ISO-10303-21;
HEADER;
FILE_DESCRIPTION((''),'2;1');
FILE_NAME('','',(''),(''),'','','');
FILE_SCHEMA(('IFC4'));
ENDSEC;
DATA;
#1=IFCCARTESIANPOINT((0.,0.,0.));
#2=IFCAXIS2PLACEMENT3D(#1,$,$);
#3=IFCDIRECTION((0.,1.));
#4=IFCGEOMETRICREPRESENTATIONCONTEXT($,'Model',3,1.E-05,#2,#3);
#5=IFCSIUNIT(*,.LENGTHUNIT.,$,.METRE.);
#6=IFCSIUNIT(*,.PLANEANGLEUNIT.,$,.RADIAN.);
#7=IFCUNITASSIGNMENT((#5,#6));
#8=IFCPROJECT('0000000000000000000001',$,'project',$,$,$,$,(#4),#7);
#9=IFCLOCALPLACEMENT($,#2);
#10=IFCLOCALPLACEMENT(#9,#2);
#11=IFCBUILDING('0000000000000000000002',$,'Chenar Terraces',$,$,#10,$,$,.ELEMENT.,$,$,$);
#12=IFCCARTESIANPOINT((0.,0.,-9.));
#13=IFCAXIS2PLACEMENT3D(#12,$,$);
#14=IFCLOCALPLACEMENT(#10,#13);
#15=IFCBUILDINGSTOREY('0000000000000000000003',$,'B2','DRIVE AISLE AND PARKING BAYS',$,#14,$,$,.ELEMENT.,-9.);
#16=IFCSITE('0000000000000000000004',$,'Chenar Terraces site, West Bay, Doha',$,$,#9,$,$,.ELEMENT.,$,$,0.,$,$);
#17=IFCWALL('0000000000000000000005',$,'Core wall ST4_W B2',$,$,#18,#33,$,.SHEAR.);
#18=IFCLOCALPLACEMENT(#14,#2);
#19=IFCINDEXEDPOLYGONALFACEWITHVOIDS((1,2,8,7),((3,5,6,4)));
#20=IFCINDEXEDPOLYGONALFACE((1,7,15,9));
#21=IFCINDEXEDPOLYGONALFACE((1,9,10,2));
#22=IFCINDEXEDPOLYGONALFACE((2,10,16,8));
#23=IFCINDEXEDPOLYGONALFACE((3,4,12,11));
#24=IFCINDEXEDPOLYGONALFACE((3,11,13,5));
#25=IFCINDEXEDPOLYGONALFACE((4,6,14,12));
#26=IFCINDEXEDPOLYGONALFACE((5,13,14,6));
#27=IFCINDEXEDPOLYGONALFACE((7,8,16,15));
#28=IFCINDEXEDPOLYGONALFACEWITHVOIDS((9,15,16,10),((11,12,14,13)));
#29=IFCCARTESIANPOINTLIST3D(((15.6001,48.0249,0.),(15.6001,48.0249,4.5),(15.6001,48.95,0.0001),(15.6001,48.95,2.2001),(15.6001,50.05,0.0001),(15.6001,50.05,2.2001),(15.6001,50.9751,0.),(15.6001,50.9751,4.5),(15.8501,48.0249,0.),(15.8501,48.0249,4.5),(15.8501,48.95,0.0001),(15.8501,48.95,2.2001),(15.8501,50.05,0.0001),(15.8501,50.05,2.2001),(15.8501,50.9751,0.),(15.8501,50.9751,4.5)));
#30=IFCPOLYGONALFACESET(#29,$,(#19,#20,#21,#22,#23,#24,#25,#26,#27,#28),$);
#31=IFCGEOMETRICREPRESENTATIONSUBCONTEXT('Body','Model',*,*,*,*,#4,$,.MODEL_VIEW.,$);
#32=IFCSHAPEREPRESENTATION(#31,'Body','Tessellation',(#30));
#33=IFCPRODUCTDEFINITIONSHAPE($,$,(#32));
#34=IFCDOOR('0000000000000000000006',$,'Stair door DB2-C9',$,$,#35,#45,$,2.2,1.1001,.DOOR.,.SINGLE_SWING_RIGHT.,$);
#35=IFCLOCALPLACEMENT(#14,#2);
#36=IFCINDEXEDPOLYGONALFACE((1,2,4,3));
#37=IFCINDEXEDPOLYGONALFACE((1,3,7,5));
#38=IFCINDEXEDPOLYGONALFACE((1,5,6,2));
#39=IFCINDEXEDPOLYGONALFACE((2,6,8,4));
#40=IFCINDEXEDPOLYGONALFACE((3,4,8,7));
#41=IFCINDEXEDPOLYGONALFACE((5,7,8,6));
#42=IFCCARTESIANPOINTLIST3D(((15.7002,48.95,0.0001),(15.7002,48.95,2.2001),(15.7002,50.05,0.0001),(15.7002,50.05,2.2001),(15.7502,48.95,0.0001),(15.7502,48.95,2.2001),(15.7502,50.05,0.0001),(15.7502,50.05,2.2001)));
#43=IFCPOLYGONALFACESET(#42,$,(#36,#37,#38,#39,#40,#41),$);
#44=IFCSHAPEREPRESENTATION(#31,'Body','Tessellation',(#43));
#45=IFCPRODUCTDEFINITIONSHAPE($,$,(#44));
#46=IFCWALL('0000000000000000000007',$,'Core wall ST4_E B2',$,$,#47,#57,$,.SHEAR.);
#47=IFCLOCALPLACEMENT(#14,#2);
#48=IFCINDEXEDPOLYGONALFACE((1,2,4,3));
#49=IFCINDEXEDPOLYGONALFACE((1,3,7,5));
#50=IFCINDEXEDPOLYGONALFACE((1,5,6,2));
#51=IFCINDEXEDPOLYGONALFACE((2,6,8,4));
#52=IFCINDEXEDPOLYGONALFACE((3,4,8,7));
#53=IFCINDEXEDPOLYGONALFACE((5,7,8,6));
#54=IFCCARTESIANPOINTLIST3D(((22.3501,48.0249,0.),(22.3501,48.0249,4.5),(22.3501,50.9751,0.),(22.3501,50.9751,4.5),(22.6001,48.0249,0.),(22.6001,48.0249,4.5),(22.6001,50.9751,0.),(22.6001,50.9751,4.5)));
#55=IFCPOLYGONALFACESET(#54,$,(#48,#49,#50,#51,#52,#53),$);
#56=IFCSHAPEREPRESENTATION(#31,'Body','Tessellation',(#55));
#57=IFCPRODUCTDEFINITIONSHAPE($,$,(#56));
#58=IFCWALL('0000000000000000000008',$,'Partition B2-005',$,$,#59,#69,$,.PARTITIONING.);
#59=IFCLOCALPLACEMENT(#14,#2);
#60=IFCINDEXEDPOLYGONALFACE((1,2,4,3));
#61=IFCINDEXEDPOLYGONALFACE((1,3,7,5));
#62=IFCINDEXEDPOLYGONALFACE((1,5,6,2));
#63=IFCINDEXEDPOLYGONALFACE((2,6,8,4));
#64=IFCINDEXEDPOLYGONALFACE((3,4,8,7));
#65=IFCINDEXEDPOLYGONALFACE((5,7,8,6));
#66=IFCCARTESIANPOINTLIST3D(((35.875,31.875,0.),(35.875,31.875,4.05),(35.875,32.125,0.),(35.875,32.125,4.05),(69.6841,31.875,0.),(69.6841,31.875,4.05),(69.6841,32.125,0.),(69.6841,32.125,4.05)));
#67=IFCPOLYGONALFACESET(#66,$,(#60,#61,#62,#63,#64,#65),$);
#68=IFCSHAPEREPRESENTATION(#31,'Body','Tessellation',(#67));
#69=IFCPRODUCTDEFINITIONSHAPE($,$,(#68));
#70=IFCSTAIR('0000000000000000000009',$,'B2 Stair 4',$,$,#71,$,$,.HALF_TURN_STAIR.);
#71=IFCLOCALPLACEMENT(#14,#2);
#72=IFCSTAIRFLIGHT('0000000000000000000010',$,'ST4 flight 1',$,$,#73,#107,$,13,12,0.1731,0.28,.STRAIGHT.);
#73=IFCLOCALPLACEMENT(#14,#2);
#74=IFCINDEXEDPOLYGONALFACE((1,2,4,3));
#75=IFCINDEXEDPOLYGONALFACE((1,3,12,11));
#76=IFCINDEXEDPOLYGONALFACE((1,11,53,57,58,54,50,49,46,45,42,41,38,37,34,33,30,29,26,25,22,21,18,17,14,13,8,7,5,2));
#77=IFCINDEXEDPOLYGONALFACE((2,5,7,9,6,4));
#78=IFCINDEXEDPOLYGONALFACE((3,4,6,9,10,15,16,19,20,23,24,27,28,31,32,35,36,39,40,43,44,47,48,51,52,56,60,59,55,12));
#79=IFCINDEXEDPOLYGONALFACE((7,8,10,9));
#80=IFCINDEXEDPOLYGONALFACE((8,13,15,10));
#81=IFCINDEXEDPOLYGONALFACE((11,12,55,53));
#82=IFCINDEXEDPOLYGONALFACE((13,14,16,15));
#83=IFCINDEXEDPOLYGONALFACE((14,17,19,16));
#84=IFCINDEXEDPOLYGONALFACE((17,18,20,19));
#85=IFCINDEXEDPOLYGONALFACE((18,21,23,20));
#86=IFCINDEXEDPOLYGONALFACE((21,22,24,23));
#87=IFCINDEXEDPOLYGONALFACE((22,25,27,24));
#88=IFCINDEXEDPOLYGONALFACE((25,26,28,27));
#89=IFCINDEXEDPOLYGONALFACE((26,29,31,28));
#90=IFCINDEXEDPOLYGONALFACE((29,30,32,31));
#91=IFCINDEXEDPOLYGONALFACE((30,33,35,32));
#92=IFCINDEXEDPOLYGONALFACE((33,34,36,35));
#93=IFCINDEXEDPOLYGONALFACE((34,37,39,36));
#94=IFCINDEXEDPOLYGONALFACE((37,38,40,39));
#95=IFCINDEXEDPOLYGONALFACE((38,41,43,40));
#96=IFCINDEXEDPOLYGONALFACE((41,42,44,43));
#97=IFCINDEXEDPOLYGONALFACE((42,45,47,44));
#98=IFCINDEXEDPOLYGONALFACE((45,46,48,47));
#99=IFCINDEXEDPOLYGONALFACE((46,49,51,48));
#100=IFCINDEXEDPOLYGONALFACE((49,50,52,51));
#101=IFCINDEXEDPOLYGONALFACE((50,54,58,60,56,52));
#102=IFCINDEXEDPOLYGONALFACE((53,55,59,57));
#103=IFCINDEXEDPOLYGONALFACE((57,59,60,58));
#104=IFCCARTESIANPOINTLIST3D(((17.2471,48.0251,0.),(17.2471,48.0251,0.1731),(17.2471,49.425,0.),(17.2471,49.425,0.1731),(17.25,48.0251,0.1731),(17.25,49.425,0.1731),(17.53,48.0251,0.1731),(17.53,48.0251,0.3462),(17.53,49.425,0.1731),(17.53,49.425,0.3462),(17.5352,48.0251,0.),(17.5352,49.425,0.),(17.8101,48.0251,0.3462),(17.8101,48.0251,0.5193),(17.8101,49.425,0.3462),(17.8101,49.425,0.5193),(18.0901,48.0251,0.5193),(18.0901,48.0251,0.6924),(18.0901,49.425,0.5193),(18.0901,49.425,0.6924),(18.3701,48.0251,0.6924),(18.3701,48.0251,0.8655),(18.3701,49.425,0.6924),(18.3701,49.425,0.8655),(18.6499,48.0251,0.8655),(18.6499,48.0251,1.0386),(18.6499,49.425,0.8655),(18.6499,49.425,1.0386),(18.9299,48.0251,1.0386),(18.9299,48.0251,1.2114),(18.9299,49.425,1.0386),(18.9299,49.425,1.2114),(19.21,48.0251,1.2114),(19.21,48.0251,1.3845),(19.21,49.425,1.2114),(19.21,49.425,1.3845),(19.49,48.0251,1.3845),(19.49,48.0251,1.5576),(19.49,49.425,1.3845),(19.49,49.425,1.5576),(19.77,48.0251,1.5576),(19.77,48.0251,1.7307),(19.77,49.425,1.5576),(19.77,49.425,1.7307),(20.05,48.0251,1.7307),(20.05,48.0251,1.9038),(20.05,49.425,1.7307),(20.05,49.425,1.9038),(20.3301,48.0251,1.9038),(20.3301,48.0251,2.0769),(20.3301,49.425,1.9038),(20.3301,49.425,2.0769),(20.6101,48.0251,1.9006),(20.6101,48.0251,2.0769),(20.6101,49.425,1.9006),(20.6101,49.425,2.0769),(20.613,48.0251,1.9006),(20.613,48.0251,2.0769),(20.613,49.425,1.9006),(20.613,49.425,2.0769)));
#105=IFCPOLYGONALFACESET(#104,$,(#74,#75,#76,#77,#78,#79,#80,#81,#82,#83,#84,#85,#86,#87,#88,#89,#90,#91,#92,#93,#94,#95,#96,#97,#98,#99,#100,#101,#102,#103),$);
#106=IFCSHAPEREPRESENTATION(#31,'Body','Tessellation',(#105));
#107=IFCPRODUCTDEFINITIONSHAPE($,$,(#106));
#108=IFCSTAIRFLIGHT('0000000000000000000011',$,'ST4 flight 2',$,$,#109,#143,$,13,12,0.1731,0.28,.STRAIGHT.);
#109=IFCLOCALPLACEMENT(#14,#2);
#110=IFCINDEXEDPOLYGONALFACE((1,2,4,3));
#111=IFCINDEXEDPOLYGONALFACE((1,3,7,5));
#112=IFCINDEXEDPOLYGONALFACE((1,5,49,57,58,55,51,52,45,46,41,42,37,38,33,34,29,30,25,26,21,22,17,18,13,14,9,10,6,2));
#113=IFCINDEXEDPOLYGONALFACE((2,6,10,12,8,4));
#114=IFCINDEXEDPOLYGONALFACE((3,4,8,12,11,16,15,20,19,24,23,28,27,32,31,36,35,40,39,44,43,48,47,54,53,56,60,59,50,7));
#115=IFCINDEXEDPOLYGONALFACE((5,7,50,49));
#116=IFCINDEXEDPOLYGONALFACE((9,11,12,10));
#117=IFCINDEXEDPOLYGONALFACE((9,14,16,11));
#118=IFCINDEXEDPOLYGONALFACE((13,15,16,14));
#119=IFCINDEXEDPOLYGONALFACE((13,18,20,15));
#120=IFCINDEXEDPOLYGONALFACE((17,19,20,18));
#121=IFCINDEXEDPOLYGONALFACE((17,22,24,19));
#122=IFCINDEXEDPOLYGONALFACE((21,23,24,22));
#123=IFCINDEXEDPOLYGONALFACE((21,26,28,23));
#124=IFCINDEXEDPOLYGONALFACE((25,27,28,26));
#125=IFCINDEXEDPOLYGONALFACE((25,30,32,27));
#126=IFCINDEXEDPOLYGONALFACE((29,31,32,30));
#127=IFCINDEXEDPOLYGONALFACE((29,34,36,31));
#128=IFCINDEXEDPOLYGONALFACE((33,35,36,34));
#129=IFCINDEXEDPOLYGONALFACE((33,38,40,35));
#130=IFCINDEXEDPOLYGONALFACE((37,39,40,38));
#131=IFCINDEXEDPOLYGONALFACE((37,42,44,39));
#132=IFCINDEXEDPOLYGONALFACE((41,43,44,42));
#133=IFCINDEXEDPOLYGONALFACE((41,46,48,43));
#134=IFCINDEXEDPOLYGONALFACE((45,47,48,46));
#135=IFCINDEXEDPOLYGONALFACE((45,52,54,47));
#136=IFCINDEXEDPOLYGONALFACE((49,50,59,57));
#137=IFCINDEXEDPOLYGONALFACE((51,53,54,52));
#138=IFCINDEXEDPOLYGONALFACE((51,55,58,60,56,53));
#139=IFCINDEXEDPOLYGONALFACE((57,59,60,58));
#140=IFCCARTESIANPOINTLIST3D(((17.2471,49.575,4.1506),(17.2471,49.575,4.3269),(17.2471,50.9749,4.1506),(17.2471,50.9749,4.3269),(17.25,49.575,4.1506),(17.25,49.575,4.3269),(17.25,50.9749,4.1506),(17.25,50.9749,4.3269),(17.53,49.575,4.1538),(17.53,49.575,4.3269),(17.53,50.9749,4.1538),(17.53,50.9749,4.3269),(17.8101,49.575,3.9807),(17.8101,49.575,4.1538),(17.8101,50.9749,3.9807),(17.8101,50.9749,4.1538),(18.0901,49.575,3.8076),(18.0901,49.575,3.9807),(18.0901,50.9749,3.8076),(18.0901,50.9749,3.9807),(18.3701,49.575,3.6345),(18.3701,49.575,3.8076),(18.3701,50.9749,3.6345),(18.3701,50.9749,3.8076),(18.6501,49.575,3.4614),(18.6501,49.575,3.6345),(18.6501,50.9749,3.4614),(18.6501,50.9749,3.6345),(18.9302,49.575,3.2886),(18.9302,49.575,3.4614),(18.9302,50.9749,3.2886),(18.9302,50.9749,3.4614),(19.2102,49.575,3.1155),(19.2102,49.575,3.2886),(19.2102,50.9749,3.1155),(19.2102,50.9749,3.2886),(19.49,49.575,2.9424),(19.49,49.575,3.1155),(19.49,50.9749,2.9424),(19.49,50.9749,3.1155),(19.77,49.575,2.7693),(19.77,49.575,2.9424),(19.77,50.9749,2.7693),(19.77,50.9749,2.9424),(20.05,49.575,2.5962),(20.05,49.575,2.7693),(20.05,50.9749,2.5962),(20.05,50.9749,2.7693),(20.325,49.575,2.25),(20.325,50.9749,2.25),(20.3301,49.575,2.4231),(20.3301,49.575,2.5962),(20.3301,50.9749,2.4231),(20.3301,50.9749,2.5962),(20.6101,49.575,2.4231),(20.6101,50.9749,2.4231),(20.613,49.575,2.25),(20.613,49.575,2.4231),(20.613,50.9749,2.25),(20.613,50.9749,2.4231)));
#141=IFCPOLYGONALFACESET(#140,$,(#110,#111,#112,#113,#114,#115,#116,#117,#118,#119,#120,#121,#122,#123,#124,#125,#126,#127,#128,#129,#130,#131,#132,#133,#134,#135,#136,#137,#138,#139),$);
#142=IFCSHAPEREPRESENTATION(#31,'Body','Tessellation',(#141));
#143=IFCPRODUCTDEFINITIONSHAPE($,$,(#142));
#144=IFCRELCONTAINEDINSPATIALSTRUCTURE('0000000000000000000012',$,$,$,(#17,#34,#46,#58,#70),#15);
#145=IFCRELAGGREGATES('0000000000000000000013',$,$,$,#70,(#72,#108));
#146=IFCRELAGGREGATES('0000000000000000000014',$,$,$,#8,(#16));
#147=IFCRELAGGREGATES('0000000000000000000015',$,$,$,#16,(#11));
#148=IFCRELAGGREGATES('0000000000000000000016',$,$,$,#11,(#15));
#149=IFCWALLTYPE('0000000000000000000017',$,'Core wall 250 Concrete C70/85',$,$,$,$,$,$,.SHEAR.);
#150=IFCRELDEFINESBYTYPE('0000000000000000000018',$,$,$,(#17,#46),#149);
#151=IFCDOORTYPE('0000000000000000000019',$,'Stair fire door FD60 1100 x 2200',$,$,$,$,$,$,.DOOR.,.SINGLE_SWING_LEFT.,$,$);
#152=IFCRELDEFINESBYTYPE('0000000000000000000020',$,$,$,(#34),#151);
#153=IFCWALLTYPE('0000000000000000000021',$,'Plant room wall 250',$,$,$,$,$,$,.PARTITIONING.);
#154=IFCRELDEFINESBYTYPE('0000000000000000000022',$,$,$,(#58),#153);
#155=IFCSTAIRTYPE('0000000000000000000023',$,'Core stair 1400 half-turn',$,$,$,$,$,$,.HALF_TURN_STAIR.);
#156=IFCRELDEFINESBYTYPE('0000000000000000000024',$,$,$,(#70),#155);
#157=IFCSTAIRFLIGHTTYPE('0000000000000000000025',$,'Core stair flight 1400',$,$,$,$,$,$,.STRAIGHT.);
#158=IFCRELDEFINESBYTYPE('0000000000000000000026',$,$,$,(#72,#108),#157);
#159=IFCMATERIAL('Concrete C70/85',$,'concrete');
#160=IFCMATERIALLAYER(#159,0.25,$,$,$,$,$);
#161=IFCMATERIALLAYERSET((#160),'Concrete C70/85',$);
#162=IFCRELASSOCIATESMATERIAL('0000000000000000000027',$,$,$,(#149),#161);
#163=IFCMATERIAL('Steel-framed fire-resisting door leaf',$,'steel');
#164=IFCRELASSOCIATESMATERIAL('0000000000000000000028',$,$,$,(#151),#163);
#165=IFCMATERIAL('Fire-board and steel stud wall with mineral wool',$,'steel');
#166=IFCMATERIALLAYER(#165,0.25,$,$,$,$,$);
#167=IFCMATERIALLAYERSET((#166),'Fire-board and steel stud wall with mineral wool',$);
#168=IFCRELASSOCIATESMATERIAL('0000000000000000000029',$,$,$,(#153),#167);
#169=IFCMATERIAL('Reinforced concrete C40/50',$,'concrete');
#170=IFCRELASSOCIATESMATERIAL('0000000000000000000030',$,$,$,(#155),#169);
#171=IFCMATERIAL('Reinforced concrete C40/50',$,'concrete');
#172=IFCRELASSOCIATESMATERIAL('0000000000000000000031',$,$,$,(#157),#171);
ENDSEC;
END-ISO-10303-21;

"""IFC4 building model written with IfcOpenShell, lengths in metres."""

from ifc_helpers import new_model, si_unit, direction, frame, frame_2d, origin, place, context, subcontext, project, spatial, polyline, rectangle, outline, extrude, material, layer, layer_set, type_object, element, fill, aggregate, save


model = new_model("IFC4")

# Units and contexts
model_context = context("Model", 3, precision=1e-05, world=origin(), true_north=direction((0.0, 1.0)))
body_context = subcontext(model_context, "Body", "Model", "MODEL_VIEW")
ifc_project = project(units=[si_unit("LENGTHUNIT", "METRE"), si_unit("PLANEANGLEUNIT", "RADIAN")], contexts=[model_context])

# Site, building, storey
site_placement = place(None, origin())
site = spatial("IfcSite", under=ifc_project, at=site_placement, Name="Chenar Terraces site, West Bay, Doha", CompositionType="ELEMENT", RefElevation=0.0)
building_placement = place(site_placement, origin())
building = spatial("IfcBuilding", under=site, at=building_placement, Name="Chenar Terraces", CompositionType="ELEMENT")
storey_placement = place(building_placement, frame((0.0, 0.0, -9.0)))
storey = spatial("IfcBuildingStorey", under=building, at=storey_placement, Name="B2", Description="DRIVE AISLE AND PARKING BAYS", CompositionType="ELEMENT", Elevation=-9.0)

# Shared definitions
ifc_material_1 = material(Name="Concrete C70/85", Category="concrete")
ifc_layer_1 = layer(ifc_material_1, 0.25)
ifc_layer_set_1 = layer_set([ifc_layer_1], Name="Concrete C70/85")
wall_type_1 = type_object("IfcWallType", Name="Core wall 250 Concrete C70/85", PredefinedType="SHEAR", material=ifc_layer_set_1)

# Wall, opening, door
wall_1_placement = place(storey_placement, frame((15.7251, 48.0249, 0.0), z_axis=(0.0, 0.0, 1.0), x_axis=(0.0, 1.0, 0.0)))
wall_1 = element("IfcWall", 1, at=wall_1_placement, inside=storey, type_object=wall_type_1, Name="Core wall ST4_W B2", PredefinedType="SHEAR", context=body_context, shape_type="SweptSolid", body=[
    extrude(rectangle(XDim=2.9502, YDim=0.25, at=frame_2d((1.4751, 0.0))), origin(), (0.0, 0.0, 1.0), 4.5),
])
opening_1_placement = place(wall_1_placement, frame((0.925, 0.0, 0.0)))
opening_1 = element("IfcOpeningElement", 2, at=opening_1_placement, cuts=wall_1, PredefinedType="OPENING", context=body_context, shape_type="SweptSolid", body=[
    extrude(rectangle(XDim=1.1001, YDim=2.2, at=frame_2d((0.55, 1.1001))), frame((0.0, 0.135, 0.0), z_axis=(0.0, -1.0, 0.0), x_axis=(1.0, 0.0, 0.0)), (0.0, 0.0, 1.0), 0.27),
])
ifc_material_2 = material(Name="Steel-framed fire-resisting door leaf", Category="steel")
door_type_1 = type_object("IfcDoorType", Name="Stair fire door FD60 1100 x 2200", OperationType="SINGLE_SWING_LEFT", PredefinedType="DOOR", material=ifc_material_2)
door_1_placement = place(opening_1_placement, origin())
door_1 = element("IfcDoor", 3, at=door_1_placement, inside=storey, type_object=door_type_1, Name="Stair door DB2-C9", OperationType="SINGLE_SWING_RIGHT", OverallHeight=2.2, OverallWidth=1.1001, PredefinedType="DOOR", context=body_context, shape_type="SweptSolid", body=[
    extrude(rectangle(XDim=1.1001, YDim=2.2, at=frame_2d((0.55, 1.1001))), frame((0.0, 0.0249, 0.0), z_axis=(0.0, -1.0, 0.0), x_axis=(1.0, 0.0, 0.0)), (0.0, 0.0, 1.0), 0.05),
])
fill(opening_1, door_1)

# Wall
wall_2_placement = place(storey_placement, frame((22.4751, 48.0249, 0.0), z_axis=(0.0, 0.0, 1.0), x_axis=(0.0, 1.0, 0.0)))
element("IfcWall", 4, at=wall_2_placement, inside=storey, type_object=wall_type_1, Name="Core wall ST4_E B2", PredefinedType="SHEAR", context=body_context, shape_type="SweptSolid", body=[
    extrude(rectangle(XDim=2.9502, YDim=0.25, at=frame_2d((1.4751, 0.0))), origin(), (0.0, 0.0, 1.0), 4.5),
])

# Wall
ifc_material_3 = material(Name="Fire-board and steel stud wall with mineral wool", Category="steel")
ifc_layer_2 = layer(ifc_material_3, 0.25)
ifc_layer_set_2 = layer_set([ifc_layer_2], Name="Fire-board and steel stud wall with mineral wool")
wall_type_2 = type_object("IfcWallType", Name="Plant room wall 250", PredefinedType="PARTITIONING", material=ifc_layer_set_2)
wall_3_placement = place(storey_placement, frame((35.875, 32.0, 0.0), z_axis=(0.0, 0.0, 1.0), x_axis=(1.0, 0.0, 0.0)))
element("IfcWall", 5, at=wall_3_placement, inside=storey, type_object=wall_type_2, Name="Partition B2-005", PredefinedType="PARTITIONING", context=body_context, shape_type="SweptSolid", body=[
    extrude(rectangle(XDim=33.8091, YDim=0.25, at=frame_2d((16.9045, 0.0))), origin(), (0.0, 0.0, 1.0), 4.05),
])

# Stair, stair flights
ifc_material_4 = material(Name="Reinforced concrete C40/50", Category="concrete")
stair_type = type_object("IfcStairType", Name="Core stair 1400 half-turn", PredefinedType="HALF_TURN_STAIR", material=ifc_material_4)
stair_placement = place(storey_placement, origin())
stair = element("IfcStair", 6, at=stair_placement, inside=storey, type_object=stair_type, Name="B2 Stair 4", PredefinedType="HALF_TURN_STAIR")
ifc_material_5 = material(Name="Reinforced concrete C40/50", Category="concrete")
stair_flight_type = type_object("IfcStairFlightType", Name="Core stair flight 1400", PredefinedType="STRAIGHT", material=ifc_material_5)
stair_flight_1_placement = place(storey_placement, frame((17.25, 48.7251, 0.0), z_axis=(0.0, 0.0, 1.0), x_axis=(1.0, 0.0, 0.0)))
stair_flight_1 = element("IfcStairFlight", 7, at=stair_flight_1_placement, type_object=stair_flight_type, Name="ST4 flight 1", NumberOfRisers=13, NumberOfTreads=12, PredefinedType="STRAIGHT", RiserHeight=0.1731, TreadLength=0.28, context=body_context, shape_type="SweptSolid", body=[
    extrude(outline(polyline([(-0.0029, 0.0), (-0.0029, 0.1731), (0.0, 0.1731), (0.28, 0.1731), (0.28, 0.3462), (0.5601, 0.3462), (0.5601, 0.5193), (0.8401, 0.5193), (0.8401, 0.6924), (1.1201, 0.6924), (1.1201, 0.8655), (1.3999, 0.8655), (1.3999, 1.0386), (1.6799, 1.0386), (1.6799, 1.2114), (1.96, 1.2114), (1.96, 1.3845), (2.24, 1.3845), (2.24, 1.5576), (2.52, 1.5576), (2.52, 1.7307), (2.8, 1.7307), (2.8, 1.9038), (3.0801, 1.9038), (3.0801, 2.0769), (3.3601, 2.0769), (3.363, 2.0769), (3.363, 1.9006), (3.3601, 1.9006), (0.2852, 0.0), (-0.0029, 0.0)])), frame((0.0, 0.7, 0.0), z_axis=(0.0, -1.0, 0.0), x_axis=(1.0, 0.0, 0.0)), (0.0, 0.0, 1.0), 1.3999),
])
stair_flight_2_placement = place(storey_placement, frame((20.6101, 50.2749, 2.25), z_axis=(0.0, 0.0, 1.0), x_axis=(-1.0, 0.0, 0.0)))
stair_flight_2 = element("IfcStairFlight", 8, at=stair_flight_2_placement, type_object=stair_flight_type, Name="ST4 flight 2", NumberOfRisers=13, NumberOfTreads=12, PredefinedType="STRAIGHT", RiserHeight=0.1731, TreadLength=0.28, context=body_context, shape_type="SweptSolid", body=[
    extrude(outline(polyline([(-0.0029, 0.0), (-0.0029, 0.1731), (0.0, 0.1731), (0.28, 0.1731), (0.28, 0.3462), (0.5601, 0.3462), (0.5601, 0.5193), (0.8401, 0.5193), (0.8401, 0.6924), (1.1201, 0.6924), (1.1201, 0.8655), (1.3999, 0.8655), (1.3999, 1.0386), (1.6799, 1.0386), (1.6799, 1.2114), (1.96, 1.2114), (1.96, 1.3845), (2.24, 1.3845), (2.24, 1.5576), (2.52, 1.5576), (2.52, 1.7307), (2.8, 1.7307), (2.8, 1.9038), (3.0801, 1.9038), (3.0801, 2.0769), (3.3601, 2.0769), (3.363, 2.0769), (3.363, 1.9006), (3.3601, 1.9006), (0.2852, 0.0), (-0.0029, 0.0)])), frame((0.0, 0.7, 0.0), z_axis=(0.0, -1.0, 0.0), x_axis=(1.0, 0.0, 0.0)), (0.0, 0.0, 1.0), 1.3999),
])
aggregate(stair, [stair_flight_1, stair_flight_2])

save(model, "model.ifc")
